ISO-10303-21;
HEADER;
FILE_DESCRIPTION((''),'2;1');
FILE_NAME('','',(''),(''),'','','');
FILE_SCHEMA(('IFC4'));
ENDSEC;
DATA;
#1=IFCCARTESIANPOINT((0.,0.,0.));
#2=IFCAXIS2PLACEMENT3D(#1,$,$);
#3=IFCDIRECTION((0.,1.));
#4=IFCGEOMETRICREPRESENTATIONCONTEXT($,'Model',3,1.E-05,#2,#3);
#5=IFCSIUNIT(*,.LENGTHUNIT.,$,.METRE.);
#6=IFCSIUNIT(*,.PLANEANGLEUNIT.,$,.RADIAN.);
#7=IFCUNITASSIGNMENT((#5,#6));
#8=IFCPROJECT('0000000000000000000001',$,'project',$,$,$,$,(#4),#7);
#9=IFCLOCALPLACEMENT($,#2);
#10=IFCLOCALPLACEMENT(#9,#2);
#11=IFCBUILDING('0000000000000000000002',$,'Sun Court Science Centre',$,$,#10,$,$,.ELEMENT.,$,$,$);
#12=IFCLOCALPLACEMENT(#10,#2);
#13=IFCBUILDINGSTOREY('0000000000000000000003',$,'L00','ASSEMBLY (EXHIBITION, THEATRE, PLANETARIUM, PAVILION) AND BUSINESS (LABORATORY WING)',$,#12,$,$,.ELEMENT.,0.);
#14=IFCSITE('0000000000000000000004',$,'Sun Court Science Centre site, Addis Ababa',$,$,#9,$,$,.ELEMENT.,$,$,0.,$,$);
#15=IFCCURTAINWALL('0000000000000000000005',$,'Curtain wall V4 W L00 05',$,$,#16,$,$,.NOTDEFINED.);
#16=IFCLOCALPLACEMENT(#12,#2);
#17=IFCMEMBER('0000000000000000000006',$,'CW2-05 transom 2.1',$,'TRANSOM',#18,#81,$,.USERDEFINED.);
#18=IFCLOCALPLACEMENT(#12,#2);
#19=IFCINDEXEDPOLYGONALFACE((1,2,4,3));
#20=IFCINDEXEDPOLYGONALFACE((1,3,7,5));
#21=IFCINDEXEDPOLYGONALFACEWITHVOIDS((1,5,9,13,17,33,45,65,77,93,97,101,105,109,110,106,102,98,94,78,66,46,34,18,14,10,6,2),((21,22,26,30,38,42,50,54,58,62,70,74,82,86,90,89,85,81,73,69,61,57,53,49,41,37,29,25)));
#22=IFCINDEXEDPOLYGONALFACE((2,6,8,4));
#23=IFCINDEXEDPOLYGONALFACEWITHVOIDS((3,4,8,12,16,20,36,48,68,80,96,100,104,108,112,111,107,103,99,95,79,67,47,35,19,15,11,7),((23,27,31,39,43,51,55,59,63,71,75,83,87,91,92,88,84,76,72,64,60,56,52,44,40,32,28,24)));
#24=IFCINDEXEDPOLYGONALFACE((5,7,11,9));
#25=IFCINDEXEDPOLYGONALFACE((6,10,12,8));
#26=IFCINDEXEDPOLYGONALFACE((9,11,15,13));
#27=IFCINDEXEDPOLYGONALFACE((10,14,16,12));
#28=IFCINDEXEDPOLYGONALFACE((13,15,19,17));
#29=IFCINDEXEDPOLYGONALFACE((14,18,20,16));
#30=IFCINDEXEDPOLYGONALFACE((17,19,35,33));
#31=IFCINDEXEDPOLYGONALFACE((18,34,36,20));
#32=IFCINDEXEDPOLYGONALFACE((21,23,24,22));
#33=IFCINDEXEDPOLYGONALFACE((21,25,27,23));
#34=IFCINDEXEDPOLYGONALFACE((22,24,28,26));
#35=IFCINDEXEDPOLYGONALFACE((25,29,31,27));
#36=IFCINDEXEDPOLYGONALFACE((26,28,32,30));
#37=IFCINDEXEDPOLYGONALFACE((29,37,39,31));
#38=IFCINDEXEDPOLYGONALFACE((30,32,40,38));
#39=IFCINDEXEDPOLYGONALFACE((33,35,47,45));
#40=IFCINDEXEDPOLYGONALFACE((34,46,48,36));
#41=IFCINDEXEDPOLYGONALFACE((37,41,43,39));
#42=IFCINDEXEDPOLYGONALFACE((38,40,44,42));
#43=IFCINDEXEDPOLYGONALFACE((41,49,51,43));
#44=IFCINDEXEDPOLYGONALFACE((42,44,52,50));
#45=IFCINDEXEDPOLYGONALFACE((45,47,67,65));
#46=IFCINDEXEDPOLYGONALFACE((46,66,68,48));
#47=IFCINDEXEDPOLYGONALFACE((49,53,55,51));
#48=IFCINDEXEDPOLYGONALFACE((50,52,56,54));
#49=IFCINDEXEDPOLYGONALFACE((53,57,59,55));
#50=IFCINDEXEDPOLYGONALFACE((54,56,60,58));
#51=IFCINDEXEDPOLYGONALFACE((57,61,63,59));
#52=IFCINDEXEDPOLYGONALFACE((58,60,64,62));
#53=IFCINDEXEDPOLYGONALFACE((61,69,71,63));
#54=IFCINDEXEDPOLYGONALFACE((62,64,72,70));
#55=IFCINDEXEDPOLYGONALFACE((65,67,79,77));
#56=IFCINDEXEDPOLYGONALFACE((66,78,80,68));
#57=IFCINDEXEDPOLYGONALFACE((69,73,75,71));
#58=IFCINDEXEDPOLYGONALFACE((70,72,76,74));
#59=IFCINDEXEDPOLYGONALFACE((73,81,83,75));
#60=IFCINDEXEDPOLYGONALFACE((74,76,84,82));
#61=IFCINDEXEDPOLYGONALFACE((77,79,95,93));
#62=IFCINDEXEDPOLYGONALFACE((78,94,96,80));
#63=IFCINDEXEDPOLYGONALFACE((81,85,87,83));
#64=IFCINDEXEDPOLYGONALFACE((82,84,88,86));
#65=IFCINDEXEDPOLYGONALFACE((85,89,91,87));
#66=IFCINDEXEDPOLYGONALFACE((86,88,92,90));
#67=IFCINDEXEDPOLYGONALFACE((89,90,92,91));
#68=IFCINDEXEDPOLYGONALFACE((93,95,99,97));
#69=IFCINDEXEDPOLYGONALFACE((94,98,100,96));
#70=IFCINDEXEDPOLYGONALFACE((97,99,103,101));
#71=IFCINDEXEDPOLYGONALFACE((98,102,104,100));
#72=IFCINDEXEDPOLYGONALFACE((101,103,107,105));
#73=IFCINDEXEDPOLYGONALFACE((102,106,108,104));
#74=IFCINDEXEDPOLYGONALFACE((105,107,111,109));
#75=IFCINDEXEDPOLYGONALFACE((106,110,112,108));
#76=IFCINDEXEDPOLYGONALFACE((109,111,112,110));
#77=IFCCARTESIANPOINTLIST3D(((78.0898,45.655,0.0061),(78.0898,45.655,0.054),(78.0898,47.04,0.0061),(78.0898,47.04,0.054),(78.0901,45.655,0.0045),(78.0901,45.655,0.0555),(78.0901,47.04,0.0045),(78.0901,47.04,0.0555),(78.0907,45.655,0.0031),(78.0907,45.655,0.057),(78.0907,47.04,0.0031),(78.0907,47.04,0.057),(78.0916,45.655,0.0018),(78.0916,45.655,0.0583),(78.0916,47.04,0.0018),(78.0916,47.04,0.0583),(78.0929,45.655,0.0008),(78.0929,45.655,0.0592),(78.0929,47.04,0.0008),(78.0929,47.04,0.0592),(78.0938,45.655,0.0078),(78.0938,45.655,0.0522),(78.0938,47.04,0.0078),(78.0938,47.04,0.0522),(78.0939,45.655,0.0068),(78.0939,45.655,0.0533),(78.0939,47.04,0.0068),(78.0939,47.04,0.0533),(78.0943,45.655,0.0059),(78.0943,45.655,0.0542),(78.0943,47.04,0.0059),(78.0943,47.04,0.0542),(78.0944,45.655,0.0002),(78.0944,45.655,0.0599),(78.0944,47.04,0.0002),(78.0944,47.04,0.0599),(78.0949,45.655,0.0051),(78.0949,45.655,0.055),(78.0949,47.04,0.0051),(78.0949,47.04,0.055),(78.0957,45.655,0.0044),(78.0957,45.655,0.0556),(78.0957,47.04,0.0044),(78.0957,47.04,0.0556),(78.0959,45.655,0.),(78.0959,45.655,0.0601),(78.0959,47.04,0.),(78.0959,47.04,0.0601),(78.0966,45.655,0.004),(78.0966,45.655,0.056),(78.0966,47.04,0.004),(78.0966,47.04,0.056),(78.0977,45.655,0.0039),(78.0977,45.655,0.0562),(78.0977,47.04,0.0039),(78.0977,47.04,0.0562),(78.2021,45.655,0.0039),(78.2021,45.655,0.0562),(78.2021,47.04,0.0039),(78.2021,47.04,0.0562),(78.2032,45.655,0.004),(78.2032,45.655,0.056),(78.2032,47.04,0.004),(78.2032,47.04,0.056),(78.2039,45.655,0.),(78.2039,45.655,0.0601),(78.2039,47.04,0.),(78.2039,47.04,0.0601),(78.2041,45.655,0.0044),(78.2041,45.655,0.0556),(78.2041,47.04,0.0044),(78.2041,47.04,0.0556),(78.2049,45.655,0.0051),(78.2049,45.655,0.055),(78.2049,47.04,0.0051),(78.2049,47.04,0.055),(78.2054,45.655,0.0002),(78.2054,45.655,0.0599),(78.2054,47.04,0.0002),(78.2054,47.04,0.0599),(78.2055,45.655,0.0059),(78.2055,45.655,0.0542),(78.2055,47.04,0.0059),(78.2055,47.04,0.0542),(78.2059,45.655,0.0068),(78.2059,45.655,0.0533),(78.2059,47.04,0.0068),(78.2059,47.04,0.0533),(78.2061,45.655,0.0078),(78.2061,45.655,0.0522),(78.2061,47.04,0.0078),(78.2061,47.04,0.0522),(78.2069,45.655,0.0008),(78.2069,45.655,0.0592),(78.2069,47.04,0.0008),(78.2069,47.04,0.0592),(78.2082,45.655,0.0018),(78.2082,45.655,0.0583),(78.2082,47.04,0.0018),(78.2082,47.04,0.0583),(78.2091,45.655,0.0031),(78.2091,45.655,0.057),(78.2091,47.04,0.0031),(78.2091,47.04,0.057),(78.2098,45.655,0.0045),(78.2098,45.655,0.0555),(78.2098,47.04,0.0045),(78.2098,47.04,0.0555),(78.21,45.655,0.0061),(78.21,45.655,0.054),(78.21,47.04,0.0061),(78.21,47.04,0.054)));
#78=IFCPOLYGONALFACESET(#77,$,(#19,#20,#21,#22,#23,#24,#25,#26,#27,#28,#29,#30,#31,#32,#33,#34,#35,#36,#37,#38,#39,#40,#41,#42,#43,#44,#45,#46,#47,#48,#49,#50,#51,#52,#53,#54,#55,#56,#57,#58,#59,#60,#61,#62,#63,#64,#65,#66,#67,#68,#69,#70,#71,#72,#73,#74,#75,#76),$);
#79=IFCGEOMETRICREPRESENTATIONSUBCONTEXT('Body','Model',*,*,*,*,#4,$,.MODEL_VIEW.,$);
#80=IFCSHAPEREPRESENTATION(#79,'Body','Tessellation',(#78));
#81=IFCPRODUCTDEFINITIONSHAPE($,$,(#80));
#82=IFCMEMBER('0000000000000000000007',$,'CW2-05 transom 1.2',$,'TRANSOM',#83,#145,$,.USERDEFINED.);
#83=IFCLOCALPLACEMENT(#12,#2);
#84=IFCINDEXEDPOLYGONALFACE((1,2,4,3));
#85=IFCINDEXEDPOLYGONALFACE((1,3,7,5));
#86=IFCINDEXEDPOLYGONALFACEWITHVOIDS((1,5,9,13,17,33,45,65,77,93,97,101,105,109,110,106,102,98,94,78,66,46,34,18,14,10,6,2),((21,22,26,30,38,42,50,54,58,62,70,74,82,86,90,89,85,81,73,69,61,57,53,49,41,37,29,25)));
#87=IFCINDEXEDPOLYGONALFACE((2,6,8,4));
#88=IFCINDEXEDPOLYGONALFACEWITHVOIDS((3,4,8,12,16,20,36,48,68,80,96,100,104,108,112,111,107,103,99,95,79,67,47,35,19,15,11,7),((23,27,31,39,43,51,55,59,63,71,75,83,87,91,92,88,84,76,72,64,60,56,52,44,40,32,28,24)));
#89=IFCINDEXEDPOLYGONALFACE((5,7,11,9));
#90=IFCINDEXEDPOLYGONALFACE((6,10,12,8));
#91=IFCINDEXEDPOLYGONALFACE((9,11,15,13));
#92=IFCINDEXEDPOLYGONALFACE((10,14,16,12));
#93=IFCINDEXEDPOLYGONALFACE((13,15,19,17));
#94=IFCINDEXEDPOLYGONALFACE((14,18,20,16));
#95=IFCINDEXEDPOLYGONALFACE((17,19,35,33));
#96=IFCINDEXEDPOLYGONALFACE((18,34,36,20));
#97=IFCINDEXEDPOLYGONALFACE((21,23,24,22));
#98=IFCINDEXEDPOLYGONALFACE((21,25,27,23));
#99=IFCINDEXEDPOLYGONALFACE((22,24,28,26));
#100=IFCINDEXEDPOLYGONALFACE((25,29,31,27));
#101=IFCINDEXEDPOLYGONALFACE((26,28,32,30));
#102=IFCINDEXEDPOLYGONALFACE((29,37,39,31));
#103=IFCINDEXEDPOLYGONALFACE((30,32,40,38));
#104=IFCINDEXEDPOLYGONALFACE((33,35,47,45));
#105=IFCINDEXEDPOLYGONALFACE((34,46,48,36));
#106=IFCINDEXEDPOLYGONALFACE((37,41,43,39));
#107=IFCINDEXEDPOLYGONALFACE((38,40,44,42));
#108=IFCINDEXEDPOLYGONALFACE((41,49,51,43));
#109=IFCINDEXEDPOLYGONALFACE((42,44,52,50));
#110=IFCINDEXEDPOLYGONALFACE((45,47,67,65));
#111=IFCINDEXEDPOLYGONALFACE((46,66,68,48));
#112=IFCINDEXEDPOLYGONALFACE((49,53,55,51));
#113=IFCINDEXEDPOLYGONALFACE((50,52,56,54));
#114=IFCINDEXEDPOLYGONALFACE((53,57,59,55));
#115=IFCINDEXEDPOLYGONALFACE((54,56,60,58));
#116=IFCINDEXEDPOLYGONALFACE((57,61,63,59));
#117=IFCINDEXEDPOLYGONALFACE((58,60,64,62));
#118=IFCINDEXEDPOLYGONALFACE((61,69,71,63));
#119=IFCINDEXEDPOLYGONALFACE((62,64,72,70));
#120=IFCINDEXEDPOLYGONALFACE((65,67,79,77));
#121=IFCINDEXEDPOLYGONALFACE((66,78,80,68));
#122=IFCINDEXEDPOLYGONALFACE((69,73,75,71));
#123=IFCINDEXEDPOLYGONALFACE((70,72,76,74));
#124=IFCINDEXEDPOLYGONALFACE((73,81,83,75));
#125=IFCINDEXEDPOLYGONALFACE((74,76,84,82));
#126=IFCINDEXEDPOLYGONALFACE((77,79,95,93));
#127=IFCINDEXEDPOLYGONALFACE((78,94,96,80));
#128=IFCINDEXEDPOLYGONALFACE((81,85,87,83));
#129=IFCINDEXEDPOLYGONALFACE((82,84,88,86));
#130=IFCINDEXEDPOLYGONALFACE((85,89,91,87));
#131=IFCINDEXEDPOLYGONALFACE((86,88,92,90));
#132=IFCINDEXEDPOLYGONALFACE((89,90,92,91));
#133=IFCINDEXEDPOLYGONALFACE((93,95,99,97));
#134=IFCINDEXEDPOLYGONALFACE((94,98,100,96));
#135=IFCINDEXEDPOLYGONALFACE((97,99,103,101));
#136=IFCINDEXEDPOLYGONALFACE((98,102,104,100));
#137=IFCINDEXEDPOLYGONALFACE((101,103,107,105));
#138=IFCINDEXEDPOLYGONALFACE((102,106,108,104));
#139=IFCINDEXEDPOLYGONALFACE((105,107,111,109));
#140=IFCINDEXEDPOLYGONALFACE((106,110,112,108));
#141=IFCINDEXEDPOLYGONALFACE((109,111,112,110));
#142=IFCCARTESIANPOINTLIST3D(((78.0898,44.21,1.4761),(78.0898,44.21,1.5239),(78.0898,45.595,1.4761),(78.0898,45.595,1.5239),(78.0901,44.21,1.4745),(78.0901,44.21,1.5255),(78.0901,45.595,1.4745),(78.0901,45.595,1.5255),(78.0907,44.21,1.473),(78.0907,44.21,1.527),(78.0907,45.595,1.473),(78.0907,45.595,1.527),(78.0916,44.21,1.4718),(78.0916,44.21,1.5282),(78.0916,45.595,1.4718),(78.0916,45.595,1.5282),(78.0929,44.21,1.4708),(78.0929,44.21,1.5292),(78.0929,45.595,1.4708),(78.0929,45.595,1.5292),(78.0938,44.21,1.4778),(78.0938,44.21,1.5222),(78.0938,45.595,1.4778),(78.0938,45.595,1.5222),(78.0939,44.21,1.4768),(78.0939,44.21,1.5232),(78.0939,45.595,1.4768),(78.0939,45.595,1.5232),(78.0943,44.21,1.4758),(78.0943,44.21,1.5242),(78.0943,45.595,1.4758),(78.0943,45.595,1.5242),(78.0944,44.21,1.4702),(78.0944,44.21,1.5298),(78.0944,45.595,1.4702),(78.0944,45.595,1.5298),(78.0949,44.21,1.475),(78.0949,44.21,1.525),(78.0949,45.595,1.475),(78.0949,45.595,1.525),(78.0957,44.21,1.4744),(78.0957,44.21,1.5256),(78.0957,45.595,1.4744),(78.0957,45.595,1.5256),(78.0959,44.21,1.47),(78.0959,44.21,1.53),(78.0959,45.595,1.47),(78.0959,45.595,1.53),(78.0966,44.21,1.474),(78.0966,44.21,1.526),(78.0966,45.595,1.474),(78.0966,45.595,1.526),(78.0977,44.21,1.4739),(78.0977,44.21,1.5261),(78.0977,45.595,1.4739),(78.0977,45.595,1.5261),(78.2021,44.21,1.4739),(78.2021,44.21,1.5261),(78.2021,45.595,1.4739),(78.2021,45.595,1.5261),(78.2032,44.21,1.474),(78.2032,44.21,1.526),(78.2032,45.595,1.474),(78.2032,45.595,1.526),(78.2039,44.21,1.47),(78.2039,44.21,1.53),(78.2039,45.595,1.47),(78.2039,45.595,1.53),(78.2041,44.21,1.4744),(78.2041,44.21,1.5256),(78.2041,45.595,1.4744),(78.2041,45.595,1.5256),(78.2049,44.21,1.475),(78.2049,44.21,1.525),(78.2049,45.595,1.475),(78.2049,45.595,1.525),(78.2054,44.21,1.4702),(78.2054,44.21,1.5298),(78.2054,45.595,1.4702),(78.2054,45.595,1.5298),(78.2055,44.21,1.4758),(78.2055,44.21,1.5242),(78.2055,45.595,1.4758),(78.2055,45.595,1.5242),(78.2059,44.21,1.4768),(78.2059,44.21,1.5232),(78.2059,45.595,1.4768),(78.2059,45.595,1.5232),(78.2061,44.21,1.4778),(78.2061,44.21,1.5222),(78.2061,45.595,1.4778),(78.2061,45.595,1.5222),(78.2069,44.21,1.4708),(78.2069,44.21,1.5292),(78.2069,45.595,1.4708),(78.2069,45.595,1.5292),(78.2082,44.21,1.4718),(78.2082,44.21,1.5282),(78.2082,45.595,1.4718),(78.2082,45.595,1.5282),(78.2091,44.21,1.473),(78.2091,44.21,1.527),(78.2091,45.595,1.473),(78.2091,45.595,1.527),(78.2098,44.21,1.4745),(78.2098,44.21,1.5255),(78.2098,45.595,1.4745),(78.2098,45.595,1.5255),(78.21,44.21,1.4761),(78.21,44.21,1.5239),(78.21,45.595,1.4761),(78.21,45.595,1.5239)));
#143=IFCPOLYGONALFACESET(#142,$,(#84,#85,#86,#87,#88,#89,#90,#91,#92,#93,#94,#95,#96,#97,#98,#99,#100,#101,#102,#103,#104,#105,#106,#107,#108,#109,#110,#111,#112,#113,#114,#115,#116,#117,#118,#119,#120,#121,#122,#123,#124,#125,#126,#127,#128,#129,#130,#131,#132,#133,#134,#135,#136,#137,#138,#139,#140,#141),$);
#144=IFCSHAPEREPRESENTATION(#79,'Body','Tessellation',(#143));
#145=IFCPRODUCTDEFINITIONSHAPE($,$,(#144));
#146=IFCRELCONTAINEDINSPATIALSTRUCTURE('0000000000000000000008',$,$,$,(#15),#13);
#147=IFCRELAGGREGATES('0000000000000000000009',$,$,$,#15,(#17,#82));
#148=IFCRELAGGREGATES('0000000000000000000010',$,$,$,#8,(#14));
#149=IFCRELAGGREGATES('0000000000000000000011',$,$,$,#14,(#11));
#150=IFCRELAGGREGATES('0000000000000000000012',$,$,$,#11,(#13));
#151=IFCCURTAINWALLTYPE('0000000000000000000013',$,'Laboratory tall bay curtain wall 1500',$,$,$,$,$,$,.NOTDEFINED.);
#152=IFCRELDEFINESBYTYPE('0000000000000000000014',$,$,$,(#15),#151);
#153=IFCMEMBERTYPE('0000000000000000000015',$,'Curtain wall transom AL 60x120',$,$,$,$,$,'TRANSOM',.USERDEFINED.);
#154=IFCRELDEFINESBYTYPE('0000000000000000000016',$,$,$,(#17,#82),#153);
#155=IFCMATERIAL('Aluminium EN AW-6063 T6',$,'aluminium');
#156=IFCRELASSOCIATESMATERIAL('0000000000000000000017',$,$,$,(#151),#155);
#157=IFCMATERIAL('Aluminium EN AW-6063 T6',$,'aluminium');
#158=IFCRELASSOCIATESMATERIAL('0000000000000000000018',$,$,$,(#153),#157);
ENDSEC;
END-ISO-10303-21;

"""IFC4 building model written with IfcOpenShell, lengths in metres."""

from ifc_helpers import new_model, si_unit, direction, frame, origin, origin_2d, place, context, subcontext, project, spatial, hollow_rectangle, extrude, material, material_profile, profile_set, type_object, element, aggregate, save


model = new_model("IFC4")

# Units and contexts
model_context = context("Model", 3, precision=1e-05, world=origin(), true_north=direction((0.0, 1.0)))
body_context = subcontext(model_context, "Body", "Model", "MODEL_VIEW")
ifc_project = project(units=[si_unit("LENGTHUNIT", "METRE"), si_unit("PLANEANGLEUNIT", "RADIAN")], contexts=[model_context])

# Site, building, storey
site_placement = place(None, origin())
site = spatial("IfcSite", under=ifc_project, at=site_placement, Name="Sun Court Science Centre site, Addis Ababa", CompositionType="ELEMENT", RefElevation=0.0)
building_placement = place(site_placement, origin())
building = spatial("IfcBuilding", under=site, at=building_placement, Name="Sun Court Science Centre", CompositionType="ELEMENT")
storey_placement = place(building_placement, origin())
storey = spatial("IfcBuildingStorey", under=building, at=storey_placement, Name="L00", Description="ASSEMBLY (EXHIBITION, THEATRE, PLANETARIUM, PAVILION) AND BUSINESS (LABORATORY WING)", CompositionType="ELEMENT", Elevation=0.0)

# Curtain wall
ifc_material_1 = material(Name="Aluminium EN AW-6063 T6", Category="aluminium")
curtain_wall_type_1 = type_object("IfcCurtainWallType", Name="Laboratory tall bay curtain wall 1500", PredefinedType="NOTDEFINED", material=ifc_material_1)
curtain_wall_1_placement = place(storey_placement, origin())
curtain_wall_1 = element("IfcCurtainWall", 1, at=curtain_wall_1_placement, inside=storey, type_object=curtain_wall_type_1, Name="Curtain wall V4 W L00 05", PredefinedType="NOTDEFINED")

# Members
ifc_material_2 = material(Name="Aluminium EN AW-6063 T6", Category="aluminium")
ifc_material_profile_1 = material_profile(ifc_material_2, hollow_rectangle(XDim=0.0601, YDim=0.1201, WallThickness=0.0039, InnerFilletRadius=0.0039, OuterFilletRadius=0.0061, at=origin_2d()), Name="AL 60x120x4")
ifc_profile_set_1 = profile_set([ifc_material_profile_1], Name="Aluminium EN AW-6063 T6")
member_type_1 = type_object("IfcMemberType", Name="Curtain wall transom AL 60x120", ElementType="TRANSOM", PredefinedType="USERDEFINED", material=ifc_profile_set_1)
member_1_placement = place(storey_placement, frame((78.1499, 45.655, 0.03), z_axis=(0.0, 1.0, 0.0), x_axis=(0.0, 0.0, 1.0)))
member_1 = element("IfcMember", 2, at=member_1_placement, type_object=member_type_1, Name="CW2-05 transom 2.1", ObjectType="TRANSOM", PredefinedType="USERDEFINED", context=body_context, shape_type="SweptSolid", body=[
    extrude(hollow_rectangle(XDim=0.0601, YDim=0.1201, WallThickness=0.0039, InnerFilletRadius=0.0039, OuterFilletRadius=0.0061, at=origin_2d()), origin(), (0.0, 0.0, 1.0), 1.385),
])
member_2_placement = place(storey_placement, frame((78.1499, 44.21, 1.5), z_axis=(0.0, 1.0, 0.0), x_axis=(0.0, 0.0, 1.0)))
member_2 = element("IfcMember", 3, at=member_2_placement, type_object=member_type_1, Name="CW2-05 transom 1.2", ObjectType="TRANSOM", PredefinedType="USERDEFINED", context=body_context, shape_type="SweptSolid", body=[
    extrude(hollow_rectangle(XDim=0.0601, YDim=0.1201, WallThickness=0.0039, InnerFilletRadius=0.0039, OuterFilletRadius=0.0061, at=origin_2d()), origin(), (0.0, 0.0, 1.0), 1.385),
])

aggregate(curtain_wall_1, [member_1, member_2])

save(model, "model.ifc")
